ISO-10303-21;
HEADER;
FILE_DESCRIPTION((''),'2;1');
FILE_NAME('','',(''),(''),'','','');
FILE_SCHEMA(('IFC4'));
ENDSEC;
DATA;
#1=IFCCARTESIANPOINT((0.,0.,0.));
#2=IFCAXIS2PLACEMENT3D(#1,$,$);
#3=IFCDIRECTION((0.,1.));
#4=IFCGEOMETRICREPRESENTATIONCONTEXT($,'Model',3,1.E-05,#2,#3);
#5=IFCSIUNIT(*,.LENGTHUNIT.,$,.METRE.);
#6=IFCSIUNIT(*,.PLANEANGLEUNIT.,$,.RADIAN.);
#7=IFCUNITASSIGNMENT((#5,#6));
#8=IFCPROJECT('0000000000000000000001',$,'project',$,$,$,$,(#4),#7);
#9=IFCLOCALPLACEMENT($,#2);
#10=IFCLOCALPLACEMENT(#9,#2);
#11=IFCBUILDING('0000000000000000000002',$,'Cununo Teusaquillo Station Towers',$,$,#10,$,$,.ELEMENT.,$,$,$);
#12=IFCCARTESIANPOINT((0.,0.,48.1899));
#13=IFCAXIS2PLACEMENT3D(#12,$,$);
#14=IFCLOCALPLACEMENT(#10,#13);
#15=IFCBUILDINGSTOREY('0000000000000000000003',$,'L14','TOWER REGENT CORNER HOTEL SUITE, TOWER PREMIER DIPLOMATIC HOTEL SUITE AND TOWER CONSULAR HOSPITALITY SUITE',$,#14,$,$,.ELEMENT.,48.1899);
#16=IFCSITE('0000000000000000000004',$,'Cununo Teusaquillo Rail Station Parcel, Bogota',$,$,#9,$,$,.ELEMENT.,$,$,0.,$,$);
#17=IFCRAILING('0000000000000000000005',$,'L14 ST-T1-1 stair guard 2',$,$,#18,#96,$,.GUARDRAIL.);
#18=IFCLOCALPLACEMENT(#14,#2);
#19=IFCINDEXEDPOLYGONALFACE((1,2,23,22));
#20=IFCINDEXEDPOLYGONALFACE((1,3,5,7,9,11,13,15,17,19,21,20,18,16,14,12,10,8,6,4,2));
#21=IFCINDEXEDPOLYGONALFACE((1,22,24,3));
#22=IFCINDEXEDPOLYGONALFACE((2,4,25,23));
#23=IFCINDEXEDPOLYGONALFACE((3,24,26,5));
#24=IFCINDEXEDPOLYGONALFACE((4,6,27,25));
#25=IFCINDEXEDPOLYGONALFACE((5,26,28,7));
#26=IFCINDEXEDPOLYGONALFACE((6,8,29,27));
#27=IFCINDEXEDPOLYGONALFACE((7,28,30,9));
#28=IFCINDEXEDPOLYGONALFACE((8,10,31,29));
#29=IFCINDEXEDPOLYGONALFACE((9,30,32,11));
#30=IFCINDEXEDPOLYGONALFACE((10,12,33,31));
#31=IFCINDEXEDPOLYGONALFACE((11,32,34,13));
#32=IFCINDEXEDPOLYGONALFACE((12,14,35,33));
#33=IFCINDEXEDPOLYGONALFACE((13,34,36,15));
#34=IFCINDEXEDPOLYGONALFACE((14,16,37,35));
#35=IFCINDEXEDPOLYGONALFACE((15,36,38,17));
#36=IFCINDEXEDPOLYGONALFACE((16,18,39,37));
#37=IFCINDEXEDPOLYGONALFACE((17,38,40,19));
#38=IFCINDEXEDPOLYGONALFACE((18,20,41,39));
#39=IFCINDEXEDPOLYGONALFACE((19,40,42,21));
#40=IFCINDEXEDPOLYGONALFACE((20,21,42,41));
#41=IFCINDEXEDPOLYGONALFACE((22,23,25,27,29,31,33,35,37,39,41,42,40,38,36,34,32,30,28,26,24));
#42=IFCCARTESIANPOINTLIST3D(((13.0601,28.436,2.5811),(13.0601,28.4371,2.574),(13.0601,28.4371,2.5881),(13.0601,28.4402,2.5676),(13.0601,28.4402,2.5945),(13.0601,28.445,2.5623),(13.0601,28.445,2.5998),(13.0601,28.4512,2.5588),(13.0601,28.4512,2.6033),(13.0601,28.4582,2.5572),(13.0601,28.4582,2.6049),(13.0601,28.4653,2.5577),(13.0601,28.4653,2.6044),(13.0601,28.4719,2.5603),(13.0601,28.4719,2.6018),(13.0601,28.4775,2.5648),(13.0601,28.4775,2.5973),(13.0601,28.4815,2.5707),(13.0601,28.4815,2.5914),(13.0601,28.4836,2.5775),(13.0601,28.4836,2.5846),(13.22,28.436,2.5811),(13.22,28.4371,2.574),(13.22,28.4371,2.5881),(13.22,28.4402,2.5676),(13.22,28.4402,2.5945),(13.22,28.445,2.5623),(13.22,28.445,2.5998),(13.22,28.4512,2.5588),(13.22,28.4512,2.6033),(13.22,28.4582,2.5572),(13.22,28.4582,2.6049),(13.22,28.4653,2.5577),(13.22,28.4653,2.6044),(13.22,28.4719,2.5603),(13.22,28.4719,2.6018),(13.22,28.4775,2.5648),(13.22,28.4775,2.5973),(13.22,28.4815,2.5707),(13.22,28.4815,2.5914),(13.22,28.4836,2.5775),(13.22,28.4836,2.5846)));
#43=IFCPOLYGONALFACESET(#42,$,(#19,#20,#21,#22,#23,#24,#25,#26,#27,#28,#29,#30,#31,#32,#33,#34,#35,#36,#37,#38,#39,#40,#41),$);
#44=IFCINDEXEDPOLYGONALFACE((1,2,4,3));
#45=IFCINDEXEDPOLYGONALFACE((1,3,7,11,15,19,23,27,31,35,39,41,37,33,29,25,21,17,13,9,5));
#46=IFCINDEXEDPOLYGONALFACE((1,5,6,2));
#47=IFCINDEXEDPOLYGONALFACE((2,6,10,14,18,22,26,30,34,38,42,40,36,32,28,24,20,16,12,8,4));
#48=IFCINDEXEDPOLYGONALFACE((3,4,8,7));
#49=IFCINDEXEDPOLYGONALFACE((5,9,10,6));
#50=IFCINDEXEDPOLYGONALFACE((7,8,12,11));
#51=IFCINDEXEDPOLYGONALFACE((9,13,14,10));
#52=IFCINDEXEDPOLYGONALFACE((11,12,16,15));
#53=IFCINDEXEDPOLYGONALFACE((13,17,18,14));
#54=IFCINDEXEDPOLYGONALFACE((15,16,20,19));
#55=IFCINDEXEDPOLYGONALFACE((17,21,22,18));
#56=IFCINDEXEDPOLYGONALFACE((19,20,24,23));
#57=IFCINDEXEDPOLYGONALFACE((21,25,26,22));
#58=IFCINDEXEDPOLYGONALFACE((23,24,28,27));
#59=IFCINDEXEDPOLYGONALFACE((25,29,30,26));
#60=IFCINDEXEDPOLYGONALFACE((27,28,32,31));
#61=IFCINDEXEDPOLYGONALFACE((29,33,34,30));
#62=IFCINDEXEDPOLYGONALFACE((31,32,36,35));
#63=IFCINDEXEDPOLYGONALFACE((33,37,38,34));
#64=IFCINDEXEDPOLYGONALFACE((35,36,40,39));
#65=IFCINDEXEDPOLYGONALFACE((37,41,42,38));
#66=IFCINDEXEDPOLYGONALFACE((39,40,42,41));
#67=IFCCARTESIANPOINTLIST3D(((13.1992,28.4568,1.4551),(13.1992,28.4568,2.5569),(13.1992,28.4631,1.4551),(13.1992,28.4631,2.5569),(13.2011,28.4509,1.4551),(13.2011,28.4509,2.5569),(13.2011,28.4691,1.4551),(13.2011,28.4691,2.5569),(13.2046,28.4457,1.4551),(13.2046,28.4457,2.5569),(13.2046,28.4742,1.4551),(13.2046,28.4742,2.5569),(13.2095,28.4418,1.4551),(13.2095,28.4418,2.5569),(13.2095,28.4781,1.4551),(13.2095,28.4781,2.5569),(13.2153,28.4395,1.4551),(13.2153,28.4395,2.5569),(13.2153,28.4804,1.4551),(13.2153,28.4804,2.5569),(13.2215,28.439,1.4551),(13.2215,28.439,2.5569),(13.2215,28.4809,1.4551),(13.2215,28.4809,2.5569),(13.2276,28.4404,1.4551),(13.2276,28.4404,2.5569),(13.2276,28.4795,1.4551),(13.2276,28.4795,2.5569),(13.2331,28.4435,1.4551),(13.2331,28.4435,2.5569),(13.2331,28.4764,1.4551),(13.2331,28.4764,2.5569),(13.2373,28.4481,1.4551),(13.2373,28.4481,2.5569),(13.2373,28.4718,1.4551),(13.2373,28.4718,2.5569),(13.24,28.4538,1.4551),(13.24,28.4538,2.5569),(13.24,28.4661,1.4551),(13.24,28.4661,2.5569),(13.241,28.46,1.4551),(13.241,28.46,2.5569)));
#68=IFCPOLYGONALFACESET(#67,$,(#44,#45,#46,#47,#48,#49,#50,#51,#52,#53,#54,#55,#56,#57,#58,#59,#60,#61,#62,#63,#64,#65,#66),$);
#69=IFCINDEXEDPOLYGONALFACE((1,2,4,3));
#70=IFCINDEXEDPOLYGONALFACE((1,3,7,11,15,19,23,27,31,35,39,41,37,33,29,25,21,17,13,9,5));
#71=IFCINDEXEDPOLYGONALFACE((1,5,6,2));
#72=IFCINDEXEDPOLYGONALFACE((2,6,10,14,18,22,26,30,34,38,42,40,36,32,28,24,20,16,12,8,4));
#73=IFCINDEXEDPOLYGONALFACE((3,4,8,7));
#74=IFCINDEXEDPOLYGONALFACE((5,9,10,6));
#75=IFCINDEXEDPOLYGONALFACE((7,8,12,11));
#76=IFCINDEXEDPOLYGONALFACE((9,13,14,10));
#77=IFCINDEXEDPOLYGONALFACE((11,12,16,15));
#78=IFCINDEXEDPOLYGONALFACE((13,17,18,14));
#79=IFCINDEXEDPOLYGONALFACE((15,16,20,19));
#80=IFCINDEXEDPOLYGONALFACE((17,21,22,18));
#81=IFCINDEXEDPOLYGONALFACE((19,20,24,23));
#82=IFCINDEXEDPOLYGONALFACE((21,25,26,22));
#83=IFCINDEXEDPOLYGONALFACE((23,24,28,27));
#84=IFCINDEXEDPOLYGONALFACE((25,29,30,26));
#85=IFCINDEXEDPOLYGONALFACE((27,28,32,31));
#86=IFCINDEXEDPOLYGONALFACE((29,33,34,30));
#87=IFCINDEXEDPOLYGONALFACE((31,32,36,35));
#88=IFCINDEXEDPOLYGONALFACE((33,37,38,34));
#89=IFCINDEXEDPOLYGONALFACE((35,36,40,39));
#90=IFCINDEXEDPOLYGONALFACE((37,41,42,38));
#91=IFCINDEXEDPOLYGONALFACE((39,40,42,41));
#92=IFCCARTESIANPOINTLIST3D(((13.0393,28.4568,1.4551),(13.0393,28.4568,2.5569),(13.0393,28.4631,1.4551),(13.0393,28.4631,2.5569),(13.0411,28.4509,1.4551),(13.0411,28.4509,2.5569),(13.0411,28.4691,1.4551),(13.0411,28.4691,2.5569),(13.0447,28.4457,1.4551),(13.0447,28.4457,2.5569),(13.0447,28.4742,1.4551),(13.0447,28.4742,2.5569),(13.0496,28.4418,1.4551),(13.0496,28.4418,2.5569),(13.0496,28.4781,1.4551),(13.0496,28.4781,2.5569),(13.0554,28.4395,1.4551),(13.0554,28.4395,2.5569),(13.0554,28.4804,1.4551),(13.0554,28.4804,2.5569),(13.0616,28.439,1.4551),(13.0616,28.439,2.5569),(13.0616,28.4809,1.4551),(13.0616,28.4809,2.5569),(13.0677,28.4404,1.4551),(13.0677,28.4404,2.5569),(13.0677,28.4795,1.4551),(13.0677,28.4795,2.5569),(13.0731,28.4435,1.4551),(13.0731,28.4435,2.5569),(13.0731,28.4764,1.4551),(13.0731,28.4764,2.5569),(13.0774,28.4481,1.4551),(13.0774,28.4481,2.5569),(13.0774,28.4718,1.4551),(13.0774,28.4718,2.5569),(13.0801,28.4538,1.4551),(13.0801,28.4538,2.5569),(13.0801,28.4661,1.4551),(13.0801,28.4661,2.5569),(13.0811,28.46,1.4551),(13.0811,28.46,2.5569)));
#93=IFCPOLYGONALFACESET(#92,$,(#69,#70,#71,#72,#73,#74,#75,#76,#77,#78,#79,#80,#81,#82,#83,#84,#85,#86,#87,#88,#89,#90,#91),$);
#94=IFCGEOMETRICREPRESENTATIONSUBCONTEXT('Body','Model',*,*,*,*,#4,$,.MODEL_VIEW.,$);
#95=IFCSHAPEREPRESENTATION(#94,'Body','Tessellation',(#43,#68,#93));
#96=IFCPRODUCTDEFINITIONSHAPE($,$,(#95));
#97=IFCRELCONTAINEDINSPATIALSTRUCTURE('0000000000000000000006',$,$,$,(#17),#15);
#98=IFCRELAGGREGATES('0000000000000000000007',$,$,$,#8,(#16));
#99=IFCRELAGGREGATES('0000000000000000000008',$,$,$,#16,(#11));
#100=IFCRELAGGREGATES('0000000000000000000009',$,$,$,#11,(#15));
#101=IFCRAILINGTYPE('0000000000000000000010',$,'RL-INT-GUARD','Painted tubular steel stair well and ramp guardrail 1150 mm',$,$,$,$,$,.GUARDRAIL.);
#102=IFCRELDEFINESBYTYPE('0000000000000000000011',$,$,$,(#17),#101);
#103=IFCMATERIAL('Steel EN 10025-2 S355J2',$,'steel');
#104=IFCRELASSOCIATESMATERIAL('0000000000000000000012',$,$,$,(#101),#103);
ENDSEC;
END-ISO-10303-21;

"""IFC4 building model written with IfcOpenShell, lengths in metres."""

from ifc_helpers import new_model, si_unit, direction, frame, origin, origin_2d, place, context, subcontext, project, spatial, circle, extrude, material, type_object, element, save


model = new_model("IFC4")

# Units and contexts
model_context = context("Model", 3, precision=1e-05, world=origin(), true_north=direction((0.0, 1.0)))
body_context = subcontext(model_context, "Body", "Model", "MODEL_VIEW")
ifc_project = project(units=[si_unit("LENGTHUNIT", "METRE"), si_unit("PLANEANGLEUNIT", "RADIAN")], contexts=[model_context])

# Site, building, storey
site_placement = place(None, origin())
site = spatial("IfcSite", under=ifc_project, at=site_placement, Name="Cununo Teusaquillo Rail Station Parcel, Bogota", CompositionType="ELEMENT", RefElevation=0.0)
building_placement = place(site_placement, origin())
building = spatial("IfcBuilding", under=site, at=building_placement, Name="Cununo Teusaquillo Station Towers", CompositionType="ELEMENT")
storey_placement = place(building_placement, frame((0.0, 0.0, 48.1899)))
storey = spatial("IfcBuildingStorey", under=building, at=storey_placement, Name="L14", Description="TOWER REGENT CORNER HOTEL SUITE, TOWER PREMIER DIPLOMATIC HOTEL SUITE AND TOWER CONSULAR HOSPITALITY SUITE", CompositionType="ELEMENT", Elevation=48.1899)

# Railing
ifc_material_1 = material(Name="Steel EN 10025-2 S355J2", Category="steel")
railing_type_1 = type_object("IfcRailingType", Name="RL-INT-GUARD", Description="Painted tubular steel stair well and ramp guardrail 1150 mm", PredefinedType="GUARDRAIL", material=ifc_material_1)
railing_1_placement = place(storey_placement, frame((13.22, 28.46, 1.4551)))
element("IfcRailing", 1, at=railing_1_placement, inside=storey, type_object=railing_type_1, Name="L14 ST-T1-1 stair guard 2", PredefinedType="GUARDRAIL", context=body_context, shape_type="SweptSolid", body=[
    extrude(circle(Radius=0.0239, at=origin_2d()), frame((0.0, 0.0, 1.126), z_axis=(-1.0, 0.0, 0.0), x_axis=(0.0, -1.0, 0.0)), (0.0, 0.0, 1.0), 0.1599),
    extrude(circle(Radius=0.021, at=origin_2d()), origin(), (0.0, 0.0, 1.0), 1.1018),
    extrude(circle(Radius=0.021, at=origin_2d()), frame((-0.1599, 0.0, 0.0)), (0.0, 0.0, 1.0), 1.1018),
])

save(model, "model.ifc")
